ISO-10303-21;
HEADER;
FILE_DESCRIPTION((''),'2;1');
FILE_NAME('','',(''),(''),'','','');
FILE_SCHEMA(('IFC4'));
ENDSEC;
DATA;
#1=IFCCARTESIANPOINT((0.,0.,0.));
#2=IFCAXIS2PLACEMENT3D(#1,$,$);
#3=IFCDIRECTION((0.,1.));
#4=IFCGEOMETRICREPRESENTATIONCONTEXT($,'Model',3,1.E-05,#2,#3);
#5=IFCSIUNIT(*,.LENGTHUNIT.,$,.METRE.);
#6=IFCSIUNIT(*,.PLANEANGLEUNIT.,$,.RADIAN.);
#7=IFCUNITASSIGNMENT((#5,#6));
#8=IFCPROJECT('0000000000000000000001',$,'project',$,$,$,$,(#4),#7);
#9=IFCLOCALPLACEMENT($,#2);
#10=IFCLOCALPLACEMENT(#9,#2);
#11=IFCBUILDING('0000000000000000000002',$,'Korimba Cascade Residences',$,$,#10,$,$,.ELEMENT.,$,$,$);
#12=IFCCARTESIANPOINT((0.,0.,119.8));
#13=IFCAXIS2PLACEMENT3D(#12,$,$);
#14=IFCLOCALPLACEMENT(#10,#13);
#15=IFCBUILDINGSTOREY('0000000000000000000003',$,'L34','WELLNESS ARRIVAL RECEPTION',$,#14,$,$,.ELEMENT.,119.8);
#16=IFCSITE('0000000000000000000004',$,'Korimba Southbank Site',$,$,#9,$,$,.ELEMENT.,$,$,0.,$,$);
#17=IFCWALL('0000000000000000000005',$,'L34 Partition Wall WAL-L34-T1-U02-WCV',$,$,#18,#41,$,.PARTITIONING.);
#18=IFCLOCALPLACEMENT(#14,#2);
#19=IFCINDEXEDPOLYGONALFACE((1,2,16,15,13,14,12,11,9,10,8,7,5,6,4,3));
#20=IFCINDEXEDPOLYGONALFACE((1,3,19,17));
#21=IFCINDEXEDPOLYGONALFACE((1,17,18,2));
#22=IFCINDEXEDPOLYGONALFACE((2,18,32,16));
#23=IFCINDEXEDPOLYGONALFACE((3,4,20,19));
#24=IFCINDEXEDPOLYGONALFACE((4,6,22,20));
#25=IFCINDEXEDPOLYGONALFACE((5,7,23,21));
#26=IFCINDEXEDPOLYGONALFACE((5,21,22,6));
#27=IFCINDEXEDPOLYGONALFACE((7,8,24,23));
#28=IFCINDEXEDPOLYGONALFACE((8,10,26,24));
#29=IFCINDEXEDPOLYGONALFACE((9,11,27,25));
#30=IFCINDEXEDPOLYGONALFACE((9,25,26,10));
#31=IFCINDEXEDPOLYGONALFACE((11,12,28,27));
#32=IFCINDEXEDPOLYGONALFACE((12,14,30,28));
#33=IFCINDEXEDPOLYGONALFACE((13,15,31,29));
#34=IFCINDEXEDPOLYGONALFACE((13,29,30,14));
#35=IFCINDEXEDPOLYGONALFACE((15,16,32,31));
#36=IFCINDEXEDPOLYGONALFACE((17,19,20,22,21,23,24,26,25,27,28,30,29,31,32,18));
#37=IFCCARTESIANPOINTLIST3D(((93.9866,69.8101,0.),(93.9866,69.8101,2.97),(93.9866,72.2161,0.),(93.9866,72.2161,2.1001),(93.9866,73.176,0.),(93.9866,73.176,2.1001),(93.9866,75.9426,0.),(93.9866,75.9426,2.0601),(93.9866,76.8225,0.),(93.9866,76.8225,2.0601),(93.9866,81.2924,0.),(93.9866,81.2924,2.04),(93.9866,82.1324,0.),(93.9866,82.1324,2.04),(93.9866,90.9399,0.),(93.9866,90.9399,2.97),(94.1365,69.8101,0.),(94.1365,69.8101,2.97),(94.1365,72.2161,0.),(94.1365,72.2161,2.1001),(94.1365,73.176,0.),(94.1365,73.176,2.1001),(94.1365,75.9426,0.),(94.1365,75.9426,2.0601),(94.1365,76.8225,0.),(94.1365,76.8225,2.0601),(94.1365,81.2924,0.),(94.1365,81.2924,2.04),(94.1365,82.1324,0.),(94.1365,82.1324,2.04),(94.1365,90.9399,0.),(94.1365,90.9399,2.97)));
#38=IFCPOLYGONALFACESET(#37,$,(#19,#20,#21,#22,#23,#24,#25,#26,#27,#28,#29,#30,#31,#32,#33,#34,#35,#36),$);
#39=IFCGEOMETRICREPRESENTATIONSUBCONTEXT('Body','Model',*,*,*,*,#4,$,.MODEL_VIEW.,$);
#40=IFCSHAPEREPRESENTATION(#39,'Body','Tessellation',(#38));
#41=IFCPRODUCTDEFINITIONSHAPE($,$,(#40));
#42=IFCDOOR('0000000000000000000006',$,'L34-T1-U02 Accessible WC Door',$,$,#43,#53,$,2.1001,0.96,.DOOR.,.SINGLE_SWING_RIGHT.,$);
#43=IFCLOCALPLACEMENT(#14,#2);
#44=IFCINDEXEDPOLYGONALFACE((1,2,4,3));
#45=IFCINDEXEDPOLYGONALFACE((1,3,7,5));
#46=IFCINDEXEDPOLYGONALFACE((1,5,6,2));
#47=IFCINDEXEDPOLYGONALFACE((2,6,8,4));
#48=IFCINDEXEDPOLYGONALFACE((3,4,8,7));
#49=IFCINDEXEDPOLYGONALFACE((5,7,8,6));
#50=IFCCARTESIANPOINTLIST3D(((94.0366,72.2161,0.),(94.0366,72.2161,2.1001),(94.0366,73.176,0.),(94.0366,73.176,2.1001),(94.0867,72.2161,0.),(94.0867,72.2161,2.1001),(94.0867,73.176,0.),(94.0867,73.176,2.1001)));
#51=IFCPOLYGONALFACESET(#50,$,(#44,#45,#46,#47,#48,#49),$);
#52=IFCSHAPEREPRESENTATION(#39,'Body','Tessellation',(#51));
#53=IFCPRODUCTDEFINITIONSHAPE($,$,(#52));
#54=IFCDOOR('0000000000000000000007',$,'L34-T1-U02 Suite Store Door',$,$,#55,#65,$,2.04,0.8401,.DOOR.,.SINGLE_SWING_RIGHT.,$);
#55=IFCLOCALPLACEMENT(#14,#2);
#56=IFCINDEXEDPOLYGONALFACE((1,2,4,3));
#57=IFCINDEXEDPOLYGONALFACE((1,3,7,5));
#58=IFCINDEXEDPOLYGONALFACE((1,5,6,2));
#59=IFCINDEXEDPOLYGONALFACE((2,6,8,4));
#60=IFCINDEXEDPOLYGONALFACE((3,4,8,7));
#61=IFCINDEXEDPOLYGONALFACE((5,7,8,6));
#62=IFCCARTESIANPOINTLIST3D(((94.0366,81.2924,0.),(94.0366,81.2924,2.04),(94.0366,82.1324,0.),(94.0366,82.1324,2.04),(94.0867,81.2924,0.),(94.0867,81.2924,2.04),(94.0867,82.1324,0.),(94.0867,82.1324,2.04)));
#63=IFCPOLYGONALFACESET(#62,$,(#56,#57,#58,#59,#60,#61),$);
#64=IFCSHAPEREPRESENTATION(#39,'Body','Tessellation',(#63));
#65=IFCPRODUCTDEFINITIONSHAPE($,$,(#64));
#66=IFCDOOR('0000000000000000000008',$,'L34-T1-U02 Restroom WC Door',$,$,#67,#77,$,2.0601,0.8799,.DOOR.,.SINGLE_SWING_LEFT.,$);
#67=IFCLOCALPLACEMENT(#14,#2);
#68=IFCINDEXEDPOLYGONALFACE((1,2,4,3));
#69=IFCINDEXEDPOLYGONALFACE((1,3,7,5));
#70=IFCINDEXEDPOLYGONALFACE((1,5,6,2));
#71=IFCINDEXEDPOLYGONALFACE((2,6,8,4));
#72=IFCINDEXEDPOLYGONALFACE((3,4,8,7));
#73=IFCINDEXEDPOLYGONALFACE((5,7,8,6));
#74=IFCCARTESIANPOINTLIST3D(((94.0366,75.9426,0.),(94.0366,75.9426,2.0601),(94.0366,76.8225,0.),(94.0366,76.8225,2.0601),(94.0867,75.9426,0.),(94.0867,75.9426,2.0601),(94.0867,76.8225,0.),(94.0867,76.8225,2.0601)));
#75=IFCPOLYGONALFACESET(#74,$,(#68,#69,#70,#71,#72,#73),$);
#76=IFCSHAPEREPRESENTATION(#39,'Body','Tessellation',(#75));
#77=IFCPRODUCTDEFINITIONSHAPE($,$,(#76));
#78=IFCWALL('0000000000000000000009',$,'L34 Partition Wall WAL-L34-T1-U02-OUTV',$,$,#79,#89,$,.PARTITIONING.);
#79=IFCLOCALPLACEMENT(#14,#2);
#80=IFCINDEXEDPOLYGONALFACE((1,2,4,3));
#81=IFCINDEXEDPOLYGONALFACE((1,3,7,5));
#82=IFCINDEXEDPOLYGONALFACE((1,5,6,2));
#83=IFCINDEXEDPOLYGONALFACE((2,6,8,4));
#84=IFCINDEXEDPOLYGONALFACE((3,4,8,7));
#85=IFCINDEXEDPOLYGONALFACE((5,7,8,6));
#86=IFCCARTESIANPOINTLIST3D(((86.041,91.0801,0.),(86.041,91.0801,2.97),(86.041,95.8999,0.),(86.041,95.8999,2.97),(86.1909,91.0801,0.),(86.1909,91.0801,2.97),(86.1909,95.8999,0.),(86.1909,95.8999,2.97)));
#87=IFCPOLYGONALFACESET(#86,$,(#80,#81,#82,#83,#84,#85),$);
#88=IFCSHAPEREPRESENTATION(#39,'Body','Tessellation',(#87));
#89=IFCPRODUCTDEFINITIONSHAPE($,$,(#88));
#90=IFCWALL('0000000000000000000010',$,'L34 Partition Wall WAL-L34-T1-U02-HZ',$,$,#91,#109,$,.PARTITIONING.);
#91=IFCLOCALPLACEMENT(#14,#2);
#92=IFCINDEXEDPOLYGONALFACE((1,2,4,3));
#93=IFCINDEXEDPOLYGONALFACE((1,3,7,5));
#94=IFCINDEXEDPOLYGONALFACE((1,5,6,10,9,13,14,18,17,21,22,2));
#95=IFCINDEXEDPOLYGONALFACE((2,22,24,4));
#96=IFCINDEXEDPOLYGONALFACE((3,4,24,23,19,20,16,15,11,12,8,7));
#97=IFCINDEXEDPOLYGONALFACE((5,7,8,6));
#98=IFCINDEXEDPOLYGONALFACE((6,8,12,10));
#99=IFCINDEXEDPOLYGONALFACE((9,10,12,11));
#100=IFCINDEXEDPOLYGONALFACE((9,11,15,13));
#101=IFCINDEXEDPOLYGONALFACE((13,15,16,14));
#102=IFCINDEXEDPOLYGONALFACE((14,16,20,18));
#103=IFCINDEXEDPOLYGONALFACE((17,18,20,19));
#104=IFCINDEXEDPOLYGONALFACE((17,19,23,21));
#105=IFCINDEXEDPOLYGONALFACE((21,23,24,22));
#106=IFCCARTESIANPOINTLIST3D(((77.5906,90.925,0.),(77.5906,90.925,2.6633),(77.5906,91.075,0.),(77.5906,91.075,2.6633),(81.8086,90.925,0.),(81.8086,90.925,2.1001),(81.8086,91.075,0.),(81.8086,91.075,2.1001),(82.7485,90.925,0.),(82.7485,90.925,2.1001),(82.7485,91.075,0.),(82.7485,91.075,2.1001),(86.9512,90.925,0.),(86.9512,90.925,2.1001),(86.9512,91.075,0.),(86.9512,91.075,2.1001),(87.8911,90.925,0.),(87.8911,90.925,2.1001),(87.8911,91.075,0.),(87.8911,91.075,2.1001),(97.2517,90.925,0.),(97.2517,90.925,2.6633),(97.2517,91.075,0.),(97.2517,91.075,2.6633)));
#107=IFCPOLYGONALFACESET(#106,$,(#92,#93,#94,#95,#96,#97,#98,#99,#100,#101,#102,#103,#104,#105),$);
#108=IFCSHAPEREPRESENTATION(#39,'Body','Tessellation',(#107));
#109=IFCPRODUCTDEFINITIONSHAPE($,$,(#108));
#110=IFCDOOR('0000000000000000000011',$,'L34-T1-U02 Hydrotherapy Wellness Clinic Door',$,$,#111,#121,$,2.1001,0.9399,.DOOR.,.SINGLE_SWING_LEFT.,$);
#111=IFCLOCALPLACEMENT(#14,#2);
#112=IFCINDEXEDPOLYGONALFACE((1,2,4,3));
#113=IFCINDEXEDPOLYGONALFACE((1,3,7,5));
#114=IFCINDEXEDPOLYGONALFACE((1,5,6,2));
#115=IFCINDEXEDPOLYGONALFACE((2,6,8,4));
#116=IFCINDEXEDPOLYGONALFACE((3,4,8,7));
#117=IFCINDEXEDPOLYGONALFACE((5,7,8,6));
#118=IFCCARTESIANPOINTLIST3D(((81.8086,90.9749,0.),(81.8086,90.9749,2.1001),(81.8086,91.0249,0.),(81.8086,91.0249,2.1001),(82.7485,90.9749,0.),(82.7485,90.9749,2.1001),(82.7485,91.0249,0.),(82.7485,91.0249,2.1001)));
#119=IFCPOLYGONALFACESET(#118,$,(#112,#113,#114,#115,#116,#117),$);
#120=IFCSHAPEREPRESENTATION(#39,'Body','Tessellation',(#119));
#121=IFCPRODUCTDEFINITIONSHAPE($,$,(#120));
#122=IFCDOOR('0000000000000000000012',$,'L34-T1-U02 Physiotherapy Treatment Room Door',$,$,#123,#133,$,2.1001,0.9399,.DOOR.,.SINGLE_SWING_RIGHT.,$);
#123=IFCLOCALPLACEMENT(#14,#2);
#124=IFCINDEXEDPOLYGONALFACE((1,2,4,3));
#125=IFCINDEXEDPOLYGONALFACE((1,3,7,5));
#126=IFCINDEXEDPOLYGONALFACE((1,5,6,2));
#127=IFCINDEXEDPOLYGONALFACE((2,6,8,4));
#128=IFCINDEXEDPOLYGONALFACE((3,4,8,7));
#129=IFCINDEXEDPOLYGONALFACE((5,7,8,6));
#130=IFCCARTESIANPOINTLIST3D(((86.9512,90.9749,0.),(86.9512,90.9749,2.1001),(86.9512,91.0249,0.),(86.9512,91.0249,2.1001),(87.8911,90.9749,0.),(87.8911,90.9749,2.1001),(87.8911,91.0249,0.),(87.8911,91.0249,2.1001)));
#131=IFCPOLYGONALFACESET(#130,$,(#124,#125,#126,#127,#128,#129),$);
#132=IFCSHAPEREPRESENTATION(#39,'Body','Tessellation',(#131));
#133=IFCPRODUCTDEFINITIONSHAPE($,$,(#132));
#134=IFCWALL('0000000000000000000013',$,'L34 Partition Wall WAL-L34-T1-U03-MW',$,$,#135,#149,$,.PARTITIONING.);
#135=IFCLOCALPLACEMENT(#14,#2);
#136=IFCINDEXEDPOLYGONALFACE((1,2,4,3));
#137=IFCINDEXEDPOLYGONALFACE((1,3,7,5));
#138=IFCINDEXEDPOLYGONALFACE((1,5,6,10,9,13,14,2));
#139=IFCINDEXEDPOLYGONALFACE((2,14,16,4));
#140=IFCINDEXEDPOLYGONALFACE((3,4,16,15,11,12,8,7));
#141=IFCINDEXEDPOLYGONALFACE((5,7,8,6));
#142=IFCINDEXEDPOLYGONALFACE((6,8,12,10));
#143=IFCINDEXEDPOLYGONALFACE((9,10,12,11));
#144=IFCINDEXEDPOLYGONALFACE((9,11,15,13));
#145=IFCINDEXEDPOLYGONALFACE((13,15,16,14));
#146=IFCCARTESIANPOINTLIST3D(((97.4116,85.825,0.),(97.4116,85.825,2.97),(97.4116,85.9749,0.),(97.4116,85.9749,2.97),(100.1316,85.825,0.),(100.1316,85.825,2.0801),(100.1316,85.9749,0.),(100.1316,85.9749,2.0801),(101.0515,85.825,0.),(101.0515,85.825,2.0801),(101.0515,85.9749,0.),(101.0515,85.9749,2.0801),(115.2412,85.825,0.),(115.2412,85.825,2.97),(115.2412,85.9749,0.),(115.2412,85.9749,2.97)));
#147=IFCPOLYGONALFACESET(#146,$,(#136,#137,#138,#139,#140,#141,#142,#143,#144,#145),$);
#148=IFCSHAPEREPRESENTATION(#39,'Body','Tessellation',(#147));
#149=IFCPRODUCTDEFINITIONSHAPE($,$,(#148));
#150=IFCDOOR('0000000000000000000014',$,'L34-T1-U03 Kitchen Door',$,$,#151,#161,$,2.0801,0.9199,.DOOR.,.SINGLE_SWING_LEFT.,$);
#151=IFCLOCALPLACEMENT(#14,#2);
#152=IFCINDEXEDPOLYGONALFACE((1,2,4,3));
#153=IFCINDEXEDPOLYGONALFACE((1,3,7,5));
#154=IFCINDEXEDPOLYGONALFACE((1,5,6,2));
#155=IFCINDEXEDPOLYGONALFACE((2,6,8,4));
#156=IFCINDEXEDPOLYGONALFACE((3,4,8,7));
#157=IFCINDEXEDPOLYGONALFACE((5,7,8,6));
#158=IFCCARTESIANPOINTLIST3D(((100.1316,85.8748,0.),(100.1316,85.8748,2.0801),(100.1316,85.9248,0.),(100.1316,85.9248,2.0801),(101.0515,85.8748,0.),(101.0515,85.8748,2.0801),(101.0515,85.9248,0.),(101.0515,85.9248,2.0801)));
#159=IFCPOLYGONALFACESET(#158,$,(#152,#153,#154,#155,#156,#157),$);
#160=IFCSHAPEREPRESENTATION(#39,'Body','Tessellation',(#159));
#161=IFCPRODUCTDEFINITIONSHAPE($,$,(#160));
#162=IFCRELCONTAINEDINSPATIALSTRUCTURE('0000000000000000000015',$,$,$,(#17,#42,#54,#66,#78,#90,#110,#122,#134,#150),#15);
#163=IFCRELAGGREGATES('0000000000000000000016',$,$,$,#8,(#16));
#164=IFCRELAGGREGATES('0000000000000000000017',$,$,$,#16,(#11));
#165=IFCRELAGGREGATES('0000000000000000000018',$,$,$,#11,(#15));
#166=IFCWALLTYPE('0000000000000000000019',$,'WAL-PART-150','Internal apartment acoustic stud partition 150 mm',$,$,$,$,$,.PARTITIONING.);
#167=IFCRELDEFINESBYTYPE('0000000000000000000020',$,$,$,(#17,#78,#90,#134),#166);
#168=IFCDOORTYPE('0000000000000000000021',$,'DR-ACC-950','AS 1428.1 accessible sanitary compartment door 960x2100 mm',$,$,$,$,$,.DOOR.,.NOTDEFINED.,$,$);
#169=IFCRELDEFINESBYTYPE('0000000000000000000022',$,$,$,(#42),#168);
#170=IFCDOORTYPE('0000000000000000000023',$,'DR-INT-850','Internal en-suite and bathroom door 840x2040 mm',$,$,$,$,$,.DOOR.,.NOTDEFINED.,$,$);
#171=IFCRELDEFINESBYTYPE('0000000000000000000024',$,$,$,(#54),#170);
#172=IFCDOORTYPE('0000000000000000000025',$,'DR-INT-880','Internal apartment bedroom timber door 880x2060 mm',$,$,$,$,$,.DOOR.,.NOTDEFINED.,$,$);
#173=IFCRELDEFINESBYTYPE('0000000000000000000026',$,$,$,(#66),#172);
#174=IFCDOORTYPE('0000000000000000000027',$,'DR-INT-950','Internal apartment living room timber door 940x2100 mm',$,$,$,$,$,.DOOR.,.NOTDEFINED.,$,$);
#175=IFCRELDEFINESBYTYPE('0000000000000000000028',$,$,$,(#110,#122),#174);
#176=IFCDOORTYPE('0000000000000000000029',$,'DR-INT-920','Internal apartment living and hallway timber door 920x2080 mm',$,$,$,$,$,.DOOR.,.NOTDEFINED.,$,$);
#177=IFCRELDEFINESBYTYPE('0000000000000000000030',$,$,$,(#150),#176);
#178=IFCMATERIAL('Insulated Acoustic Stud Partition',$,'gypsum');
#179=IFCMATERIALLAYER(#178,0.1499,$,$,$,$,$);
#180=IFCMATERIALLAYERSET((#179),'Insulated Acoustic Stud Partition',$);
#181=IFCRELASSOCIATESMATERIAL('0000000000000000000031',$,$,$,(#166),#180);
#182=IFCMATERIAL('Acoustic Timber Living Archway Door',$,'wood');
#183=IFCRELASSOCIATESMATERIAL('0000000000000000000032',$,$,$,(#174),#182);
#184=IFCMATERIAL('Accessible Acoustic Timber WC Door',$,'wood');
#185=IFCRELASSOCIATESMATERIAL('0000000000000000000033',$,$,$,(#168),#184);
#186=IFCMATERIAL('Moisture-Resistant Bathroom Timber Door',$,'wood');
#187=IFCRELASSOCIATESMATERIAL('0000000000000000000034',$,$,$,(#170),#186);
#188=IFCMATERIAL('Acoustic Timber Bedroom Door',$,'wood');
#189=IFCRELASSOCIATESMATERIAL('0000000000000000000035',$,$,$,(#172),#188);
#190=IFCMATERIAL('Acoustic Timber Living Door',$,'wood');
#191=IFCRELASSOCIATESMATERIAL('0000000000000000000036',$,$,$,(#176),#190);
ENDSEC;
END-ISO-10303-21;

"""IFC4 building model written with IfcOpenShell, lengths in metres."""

from ifc_helpers import new_model, si_unit, direction, frame, frame_2d, origin, place, context, subcontext, project, spatial, rectangle, extrude, material, layer, layer_set, type_object, element, fill, save


model = new_model("IFC4")

# Units and contexts
model_context = context("Model", 3, precision=1e-05, world=origin(), true_north=direction((0.0, 1.0)))
body_context = subcontext(model_context, "Body", "Model", "MODEL_VIEW")
ifc_project = project(units=[si_unit("LENGTHUNIT", "METRE"), si_unit("PLANEANGLEUNIT", "RADIAN")], contexts=[model_context])

# Site, building, storey
site_placement = place(None, origin())
site = spatial("IfcSite", under=ifc_project, at=site_placement, Name="Korimba Southbank Site", CompositionType="ELEMENT", RefElevation=0.0)
building_placement = place(site_placement, origin())
building = spatial("IfcBuilding", under=site, at=building_placement, Name="Korimba Cascade Residences", CompositionType="ELEMENT")
storey_placement = place(building_placement, frame((0.0, 0.0, 119.8)))
storey = spatial("IfcBuildingStorey", under=building, at=storey_placement, Name="L34", Description="WELLNESS ARRIVAL RECEPTION", CompositionType="ELEMENT", Elevation=119.8)

# Shared definitions
ifc_material_1 = material(Name="Insulated Acoustic Stud Partition", Category="gypsum")
ifc_layer_1 = layer(ifc_material_1, 0.1499)
ifc_layer_set_1 = layer_set([ifc_layer_1], Name="Insulated Acoustic Stud Partition")
wall_type_1 = type_object("IfcWallType", Name="WAL-PART-150", Description="Internal apartment acoustic stud partition 150 mm", PredefinedType="PARTITIONING", material=ifc_layer_set_1)
ifc_material_2 = material(Name="Acoustic Timber Living Archway Door", Category="wood")
door_type_1 = type_object("IfcDoorType", Name="DR-INT-950", Description="Internal apartment living room timber door 940x2100 mm", OperationType="NOTDEFINED", PredefinedType="DOOR", material=ifc_material_2)

# Wall, openings, doors
wall_1_placement = place(storey_placement, frame((94.0615, 69.8101, 0.0), z_axis=(0.0, 0.0, 1.0), x_axis=(0.0, 1.0, 0.0)))
wall_1 = element("IfcWall", 1, at=wall_1_placement, inside=storey, type_object=wall_type_1, Name="L34 Partition Wall WAL-L34-T1-U02-WCV", PredefinedType="PARTITIONING", context=body_context, shape_type="SweptSolid", body=[
    extrude(rectangle(XDim=21.1299, YDim=0.1499, at=frame_2d((10.5649, 0.0))), origin(), (0.0, 0.0, 1.0), 2.97),
])
opening_1_placement = place(wall_1_placement, frame((2.406, 0.0, 0.0)))
opening_1 = element("IfcOpeningElement", 2, at=opening_1_placement, cuts=wall_1, PredefinedType="OPENING", context=body_context, shape_type="SweptSolid", body=[
    extrude(rectangle(XDim=0.96, YDim=2.1001, at=frame_2d((0.48, 1.05))), frame((0.0, 0.085, 0.0), z_axis=(0.0, -1.0, 0.0), x_axis=(1.0, 0.0, 0.0)), (0.0, 0.0, 1.0), 0.1699),
])
opening_2_placement = place(wall_1_placement, frame((6.1326, 0.0, 0.0)))
opening_2 = element("IfcOpeningElement", 3, at=opening_2_placement, cuts=wall_1, PredefinedType="OPENING", context=body_context, shape_type="SweptSolid", body=[
    extrude(rectangle(XDim=0.8799, YDim=2.0601, at=frame_2d((0.4399, 1.03))), frame((0.0, 0.085, 0.0), z_axis=(0.0, -1.0, 0.0), x_axis=(1.0, 0.0, 0.0)), (0.0, 0.0, 1.0), 0.1699),
])
opening_3_placement = place(wall_1_placement, frame((11.4824, 0.0, 0.0)))
opening_3 = element("IfcOpeningElement", 4, at=opening_3_placement, cuts=wall_1, PredefinedType="OPENING", context=body_context, shape_type="SweptSolid", body=[
    extrude(rectangle(XDim=0.8401, YDim=2.04, at=frame_2d((0.4199, 1.02))), frame((0.0, 0.085, 0.0), z_axis=(0.0, -1.0, 0.0), x_axis=(1.0, 0.0, 0.0)), (0.0, 0.0, 1.0), 0.1699),
])
ifc_material_3 = material(Name="Accessible Acoustic Timber WC Door", Category="wood")
door_type_2 = type_object("IfcDoorType", Name="DR-ACC-950", Description="AS 1428.1 accessible sanitary compartment door 960x2100 mm", OperationType="NOTDEFINED", PredefinedType="DOOR", material=ifc_material_3)
door_1_placement = place(opening_1_placement, origin())
door_1 = element("IfcDoor", 5, at=door_1_placement, inside=storey, type_object=door_type_2, Name="L34-T1-U02 Accessible WC Door", OperationType="SINGLE_SWING_RIGHT", OverallHeight=2.1001, OverallWidth=0.96, PredefinedType="DOOR", context=body_context, shape_type="SweptSolid", body=[
    extrude(rectangle(XDim=0.96, YDim=2.1001, at=frame_2d((0.48, 1.05))), frame((0.0, 0.0249, 0.0), z_axis=(0.0, -1.0, 0.0), x_axis=(1.0, 0.0, 0.0)), (0.0, 0.0, 1.0), 0.05),
])
fill(opening_1, door_1)
ifc_material_4 = material(Name="Moisture-Resistant Bathroom Timber Door", Category="wood")
door_type_3 = type_object("IfcDoorType", Name="DR-INT-850", Description="Internal en-suite and bathroom door 840x2040 mm", OperationType="NOTDEFINED", PredefinedType="DOOR", material=ifc_material_4)
door_2_placement = place(opening_3_placement, origin())
door_2 = element("IfcDoor", 6, at=door_2_placement, inside=storey, type_object=door_type_3, Name="L34-T1-U02 Suite Store Door", OperationType="SINGLE_SWING_RIGHT", OverallHeight=2.04, OverallWidth=0.8401, PredefinedType="DOOR", context=body_context, shape_type="SweptSolid", body=[
    extrude(rectangle(XDim=0.8401, YDim=2.04, at=frame_2d((0.4199, 1.02))), frame((0.0, 0.0249, 0.0), z_axis=(0.0, -1.0, 0.0), x_axis=(1.0, 0.0, 0.0)), (0.0, 0.0, 1.0), 0.05),
])
fill(opening_3, door_2)
ifc_material_5 = material(Name="Acoustic Timber Bedroom Door", Category="wood")
door_type_4 = type_object("IfcDoorType", Name="DR-INT-880", Description="Internal apartment bedroom timber door 880x2060 mm", OperationType="NOTDEFINED", PredefinedType="DOOR", material=ifc_material_5)
door_3_placement = place(opening_2_placement, origin())
door_3 = element("IfcDoor", 7, at=door_3_placement, inside=storey, type_object=door_type_4, Name="L34-T1-U02 Restroom WC Door", OperationType="SINGLE_SWING_LEFT", OverallHeight=2.0601, OverallWidth=0.8799, PredefinedType="DOOR", context=body_context, shape_type="SweptSolid", body=[
    extrude(rectangle(XDim=0.8799, YDim=2.0601, at=frame_2d((0.4399, 1.03))), frame((0.0, 0.0249, 0.0), z_axis=(0.0, -1.0, 0.0), x_axis=(1.0, 0.0, 0.0)), (0.0, 0.0, 1.0), 0.05),
])
fill(opening_2, door_3)

# Wall
wall_2_placement = place(storey_placement, frame((86.116, 91.0801, 0.0), z_axis=(0.0, 0.0, 1.0), x_axis=(0.0, 1.0, 0.0)))
element("IfcWall", 8, at=wall_2_placement, inside=storey, type_object=wall_type_1, Name="L34 Partition Wall WAL-L34-T1-U02-OUTV", PredefinedType="PARTITIONING", context=body_context, shape_type="SweptSolid", body=[
    extrude(rectangle(XDim=4.8198, YDim=0.1499, at=frame_2d((2.4099, 0.0))), origin(), (0.0, 0.0, 1.0), 2.97),
])

# Wall, openings, doors
wall_3_placement = place(storey_placement, frame((77.5906, 91.0, 0.0), z_axis=(0.0, 0.0, 1.0), x_axis=(1.0, 0.0, 0.0)))
wall_3 = element("IfcWall", 9, at=wall_3_placement, inside=storey, type_object=wall_type_1, Name="L34 Partition Wall WAL-L34-T1-U02-HZ", PredefinedType="PARTITIONING", context=body_context, shape_type="SweptSolid", body=[
    extrude(rectangle(XDim=19.6611, YDim=0.1499, at=frame_2d((9.8306, 0.0))), origin(), (0.0, 0.0, 1.0), 2.6633),
])
opening_4_placement = place(wall_3_placement, frame((4.218, 0.0, 0.0)))
opening_4 = element("IfcOpeningElement", 10, at=opening_4_placement, cuts=wall_3, PredefinedType="OPENING", context=body_context, shape_type="SweptSolid", body=[
    extrude(rectangle(XDim=0.9399, YDim=2.1001, at=frame_2d((0.47, 1.05))), frame((0.0, 0.085, 0.0), z_axis=(0.0, -1.0, 0.0), x_axis=(1.0, 0.0, 0.0)), (0.0, 0.0, 1.0), 0.1699),
])
opening_5_placement = place(wall_3_placement, frame((9.3606, 0.0, 0.0)))
opening_5 = element("IfcOpeningElement", 11, at=opening_5_placement, cuts=wall_3, PredefinedType="OPENING", context=body_context, shape_type="SweptSolid", body=[
    extrude(rectangle(XDim=0.9399, YDim=2.1001, at=frame_2d((0.47, 1.05))), frame((0.0, 0.085, 0.0), z_axis=(0.0, -1.0, 0.0), x_axis=(1.0, 0.0, 0.0)), (0.0, 0.0, 1.0), 0.1699),
])
door_4_placement = place(opening_4_placement, origin())
door_4 = element("IfcDoor", 12, at=door_4_placement, inside=storey, type_object=door_type_1, Name="L34-T1-U02 Hydrotherapy Wellness Clinic Door", OperationType="SINGLE_SWING_LEFT", OverallHeight=2.1001, OverallWidth=0.9399, PredefinedType="DOOR", context=body_context, shape_type="SweptSolid", body=[
    extrude(rectangle(XDim=0.9399, YDim=2.1001, at=frame_2d((0.47, 1.05))), frame((0.0, 0.0249, 0.0), z_axis=(0.0, -1.0, 0.0), x_axis=(1.0, 0.0, 0.0)), (0.0, 0.0, 1.0), 0.05),
])
fill(opening_4, door_4)
door_5_placement = place(opening_5_placement, origin())
door_5 = element("IfcDoor", 13, at=door_5_placement, inside=storey, type_object=door_type_1, Name="L34-T1-U02 Physiotherapy Treatment Room Door", OperationType="SINGLE_SWING_RIGHT", OverallHeight=2.1001, OverallWidth=0.9399, PredefinedType="DOOR", context=body_context, shape_type="SweptSolid", body=[
    extrude(rectangle(XDim=0.9399, YDim=2.1001, at=frame_2d((0.47, 1.05))), frame((0.0, 0.0249, 0.0), z_axis=(0.0, -1.0, 0.0), x_axis=(1.0, 0.0, 0.0)), (0.0, 0.0, 1.0), 0.05),
])
fill(opening_5, door_5)

# Wall, opening, door
wall_4_placement = place(storey_placement, frame((97.4116, 85.8999, 0.0), z_axis=(0.0, 0.0, 1.0), x_axis=(1.0, 0.0, 0.0)))
wall_4 = element("IfcWall", 14, at=wall_4_placement, inside=storey, type_object=wall_type_1, Name="L34 Partition Wall WAL-L34-T1-U03-MW", PredefinedType="PARTITIONING", context=body_context, shape_type="SweptSolid", body=[
    extrude(rectangle(XDim=17.8296, YDim=0.1499, at=frame_2d((8.9148, 0.0))), origin(), (0.0, 0.0, 1.0), 2.97),
])
opening_6_placement = place(wall_4_placement, frame((2.72, 0.0, 0.0)))
opening_6 = element("IfcOpeningElement", 15, at=opening_6_placement, cuts=wall_4, PredefinedType="OPENING", context=body_context, shape_type="SweptSolid", body=[
    extrude(rectangle(XDim=0.9199, YDim=2.0801, at=frame_2d((0.46, 1.04))), frame((0.0, 0.085, 0.0), z_axis=(0.0, -1.0, 0.0), x_axis=(1.0, 0.0, 0.0)), (0.0, 0.0, 1.0), 0.1699),
])
ifc_material_6 = material(Name="Acoustic Timber Living Door", Category="wood")
door_type_5 = type_object("IfcDoorType", Name="DR-INT-920", Description="Internal apartment living and hallway timber door 920x2080 mm", OperationType="NOTDEFINED", PredefinedType="DOOR", material=ifc_material_6)
door_6_placement = place(opening_6_placement, origin())
door_6 = element("IfcDoor", 16, at=door_6_placement, inside=storey, type_object=door_type_5, Name="L34-T1-U03 Kitchen Door", OperationType="SINGLE_SWING_LEFT", OverallHeight=2.0801, OverallWidth=0.9199, PredefinedType="DOOR", context=body_context, shape_type="SweptSolid", body=[
    extrude(rectangle(XDim=0.9199, YDim=2.0801, at=frame_2d((0.46, 1.04))), frame((0.0, 0.0249, 0.0), z_axis=(0.0, -1.0, 0.0), x_axis=(1.0, 0.0, 0.0)), (0.0, 0.0, 1.0), 0.05),
])
fill(opening_6, door_6)

save(model, "model.ifc")
